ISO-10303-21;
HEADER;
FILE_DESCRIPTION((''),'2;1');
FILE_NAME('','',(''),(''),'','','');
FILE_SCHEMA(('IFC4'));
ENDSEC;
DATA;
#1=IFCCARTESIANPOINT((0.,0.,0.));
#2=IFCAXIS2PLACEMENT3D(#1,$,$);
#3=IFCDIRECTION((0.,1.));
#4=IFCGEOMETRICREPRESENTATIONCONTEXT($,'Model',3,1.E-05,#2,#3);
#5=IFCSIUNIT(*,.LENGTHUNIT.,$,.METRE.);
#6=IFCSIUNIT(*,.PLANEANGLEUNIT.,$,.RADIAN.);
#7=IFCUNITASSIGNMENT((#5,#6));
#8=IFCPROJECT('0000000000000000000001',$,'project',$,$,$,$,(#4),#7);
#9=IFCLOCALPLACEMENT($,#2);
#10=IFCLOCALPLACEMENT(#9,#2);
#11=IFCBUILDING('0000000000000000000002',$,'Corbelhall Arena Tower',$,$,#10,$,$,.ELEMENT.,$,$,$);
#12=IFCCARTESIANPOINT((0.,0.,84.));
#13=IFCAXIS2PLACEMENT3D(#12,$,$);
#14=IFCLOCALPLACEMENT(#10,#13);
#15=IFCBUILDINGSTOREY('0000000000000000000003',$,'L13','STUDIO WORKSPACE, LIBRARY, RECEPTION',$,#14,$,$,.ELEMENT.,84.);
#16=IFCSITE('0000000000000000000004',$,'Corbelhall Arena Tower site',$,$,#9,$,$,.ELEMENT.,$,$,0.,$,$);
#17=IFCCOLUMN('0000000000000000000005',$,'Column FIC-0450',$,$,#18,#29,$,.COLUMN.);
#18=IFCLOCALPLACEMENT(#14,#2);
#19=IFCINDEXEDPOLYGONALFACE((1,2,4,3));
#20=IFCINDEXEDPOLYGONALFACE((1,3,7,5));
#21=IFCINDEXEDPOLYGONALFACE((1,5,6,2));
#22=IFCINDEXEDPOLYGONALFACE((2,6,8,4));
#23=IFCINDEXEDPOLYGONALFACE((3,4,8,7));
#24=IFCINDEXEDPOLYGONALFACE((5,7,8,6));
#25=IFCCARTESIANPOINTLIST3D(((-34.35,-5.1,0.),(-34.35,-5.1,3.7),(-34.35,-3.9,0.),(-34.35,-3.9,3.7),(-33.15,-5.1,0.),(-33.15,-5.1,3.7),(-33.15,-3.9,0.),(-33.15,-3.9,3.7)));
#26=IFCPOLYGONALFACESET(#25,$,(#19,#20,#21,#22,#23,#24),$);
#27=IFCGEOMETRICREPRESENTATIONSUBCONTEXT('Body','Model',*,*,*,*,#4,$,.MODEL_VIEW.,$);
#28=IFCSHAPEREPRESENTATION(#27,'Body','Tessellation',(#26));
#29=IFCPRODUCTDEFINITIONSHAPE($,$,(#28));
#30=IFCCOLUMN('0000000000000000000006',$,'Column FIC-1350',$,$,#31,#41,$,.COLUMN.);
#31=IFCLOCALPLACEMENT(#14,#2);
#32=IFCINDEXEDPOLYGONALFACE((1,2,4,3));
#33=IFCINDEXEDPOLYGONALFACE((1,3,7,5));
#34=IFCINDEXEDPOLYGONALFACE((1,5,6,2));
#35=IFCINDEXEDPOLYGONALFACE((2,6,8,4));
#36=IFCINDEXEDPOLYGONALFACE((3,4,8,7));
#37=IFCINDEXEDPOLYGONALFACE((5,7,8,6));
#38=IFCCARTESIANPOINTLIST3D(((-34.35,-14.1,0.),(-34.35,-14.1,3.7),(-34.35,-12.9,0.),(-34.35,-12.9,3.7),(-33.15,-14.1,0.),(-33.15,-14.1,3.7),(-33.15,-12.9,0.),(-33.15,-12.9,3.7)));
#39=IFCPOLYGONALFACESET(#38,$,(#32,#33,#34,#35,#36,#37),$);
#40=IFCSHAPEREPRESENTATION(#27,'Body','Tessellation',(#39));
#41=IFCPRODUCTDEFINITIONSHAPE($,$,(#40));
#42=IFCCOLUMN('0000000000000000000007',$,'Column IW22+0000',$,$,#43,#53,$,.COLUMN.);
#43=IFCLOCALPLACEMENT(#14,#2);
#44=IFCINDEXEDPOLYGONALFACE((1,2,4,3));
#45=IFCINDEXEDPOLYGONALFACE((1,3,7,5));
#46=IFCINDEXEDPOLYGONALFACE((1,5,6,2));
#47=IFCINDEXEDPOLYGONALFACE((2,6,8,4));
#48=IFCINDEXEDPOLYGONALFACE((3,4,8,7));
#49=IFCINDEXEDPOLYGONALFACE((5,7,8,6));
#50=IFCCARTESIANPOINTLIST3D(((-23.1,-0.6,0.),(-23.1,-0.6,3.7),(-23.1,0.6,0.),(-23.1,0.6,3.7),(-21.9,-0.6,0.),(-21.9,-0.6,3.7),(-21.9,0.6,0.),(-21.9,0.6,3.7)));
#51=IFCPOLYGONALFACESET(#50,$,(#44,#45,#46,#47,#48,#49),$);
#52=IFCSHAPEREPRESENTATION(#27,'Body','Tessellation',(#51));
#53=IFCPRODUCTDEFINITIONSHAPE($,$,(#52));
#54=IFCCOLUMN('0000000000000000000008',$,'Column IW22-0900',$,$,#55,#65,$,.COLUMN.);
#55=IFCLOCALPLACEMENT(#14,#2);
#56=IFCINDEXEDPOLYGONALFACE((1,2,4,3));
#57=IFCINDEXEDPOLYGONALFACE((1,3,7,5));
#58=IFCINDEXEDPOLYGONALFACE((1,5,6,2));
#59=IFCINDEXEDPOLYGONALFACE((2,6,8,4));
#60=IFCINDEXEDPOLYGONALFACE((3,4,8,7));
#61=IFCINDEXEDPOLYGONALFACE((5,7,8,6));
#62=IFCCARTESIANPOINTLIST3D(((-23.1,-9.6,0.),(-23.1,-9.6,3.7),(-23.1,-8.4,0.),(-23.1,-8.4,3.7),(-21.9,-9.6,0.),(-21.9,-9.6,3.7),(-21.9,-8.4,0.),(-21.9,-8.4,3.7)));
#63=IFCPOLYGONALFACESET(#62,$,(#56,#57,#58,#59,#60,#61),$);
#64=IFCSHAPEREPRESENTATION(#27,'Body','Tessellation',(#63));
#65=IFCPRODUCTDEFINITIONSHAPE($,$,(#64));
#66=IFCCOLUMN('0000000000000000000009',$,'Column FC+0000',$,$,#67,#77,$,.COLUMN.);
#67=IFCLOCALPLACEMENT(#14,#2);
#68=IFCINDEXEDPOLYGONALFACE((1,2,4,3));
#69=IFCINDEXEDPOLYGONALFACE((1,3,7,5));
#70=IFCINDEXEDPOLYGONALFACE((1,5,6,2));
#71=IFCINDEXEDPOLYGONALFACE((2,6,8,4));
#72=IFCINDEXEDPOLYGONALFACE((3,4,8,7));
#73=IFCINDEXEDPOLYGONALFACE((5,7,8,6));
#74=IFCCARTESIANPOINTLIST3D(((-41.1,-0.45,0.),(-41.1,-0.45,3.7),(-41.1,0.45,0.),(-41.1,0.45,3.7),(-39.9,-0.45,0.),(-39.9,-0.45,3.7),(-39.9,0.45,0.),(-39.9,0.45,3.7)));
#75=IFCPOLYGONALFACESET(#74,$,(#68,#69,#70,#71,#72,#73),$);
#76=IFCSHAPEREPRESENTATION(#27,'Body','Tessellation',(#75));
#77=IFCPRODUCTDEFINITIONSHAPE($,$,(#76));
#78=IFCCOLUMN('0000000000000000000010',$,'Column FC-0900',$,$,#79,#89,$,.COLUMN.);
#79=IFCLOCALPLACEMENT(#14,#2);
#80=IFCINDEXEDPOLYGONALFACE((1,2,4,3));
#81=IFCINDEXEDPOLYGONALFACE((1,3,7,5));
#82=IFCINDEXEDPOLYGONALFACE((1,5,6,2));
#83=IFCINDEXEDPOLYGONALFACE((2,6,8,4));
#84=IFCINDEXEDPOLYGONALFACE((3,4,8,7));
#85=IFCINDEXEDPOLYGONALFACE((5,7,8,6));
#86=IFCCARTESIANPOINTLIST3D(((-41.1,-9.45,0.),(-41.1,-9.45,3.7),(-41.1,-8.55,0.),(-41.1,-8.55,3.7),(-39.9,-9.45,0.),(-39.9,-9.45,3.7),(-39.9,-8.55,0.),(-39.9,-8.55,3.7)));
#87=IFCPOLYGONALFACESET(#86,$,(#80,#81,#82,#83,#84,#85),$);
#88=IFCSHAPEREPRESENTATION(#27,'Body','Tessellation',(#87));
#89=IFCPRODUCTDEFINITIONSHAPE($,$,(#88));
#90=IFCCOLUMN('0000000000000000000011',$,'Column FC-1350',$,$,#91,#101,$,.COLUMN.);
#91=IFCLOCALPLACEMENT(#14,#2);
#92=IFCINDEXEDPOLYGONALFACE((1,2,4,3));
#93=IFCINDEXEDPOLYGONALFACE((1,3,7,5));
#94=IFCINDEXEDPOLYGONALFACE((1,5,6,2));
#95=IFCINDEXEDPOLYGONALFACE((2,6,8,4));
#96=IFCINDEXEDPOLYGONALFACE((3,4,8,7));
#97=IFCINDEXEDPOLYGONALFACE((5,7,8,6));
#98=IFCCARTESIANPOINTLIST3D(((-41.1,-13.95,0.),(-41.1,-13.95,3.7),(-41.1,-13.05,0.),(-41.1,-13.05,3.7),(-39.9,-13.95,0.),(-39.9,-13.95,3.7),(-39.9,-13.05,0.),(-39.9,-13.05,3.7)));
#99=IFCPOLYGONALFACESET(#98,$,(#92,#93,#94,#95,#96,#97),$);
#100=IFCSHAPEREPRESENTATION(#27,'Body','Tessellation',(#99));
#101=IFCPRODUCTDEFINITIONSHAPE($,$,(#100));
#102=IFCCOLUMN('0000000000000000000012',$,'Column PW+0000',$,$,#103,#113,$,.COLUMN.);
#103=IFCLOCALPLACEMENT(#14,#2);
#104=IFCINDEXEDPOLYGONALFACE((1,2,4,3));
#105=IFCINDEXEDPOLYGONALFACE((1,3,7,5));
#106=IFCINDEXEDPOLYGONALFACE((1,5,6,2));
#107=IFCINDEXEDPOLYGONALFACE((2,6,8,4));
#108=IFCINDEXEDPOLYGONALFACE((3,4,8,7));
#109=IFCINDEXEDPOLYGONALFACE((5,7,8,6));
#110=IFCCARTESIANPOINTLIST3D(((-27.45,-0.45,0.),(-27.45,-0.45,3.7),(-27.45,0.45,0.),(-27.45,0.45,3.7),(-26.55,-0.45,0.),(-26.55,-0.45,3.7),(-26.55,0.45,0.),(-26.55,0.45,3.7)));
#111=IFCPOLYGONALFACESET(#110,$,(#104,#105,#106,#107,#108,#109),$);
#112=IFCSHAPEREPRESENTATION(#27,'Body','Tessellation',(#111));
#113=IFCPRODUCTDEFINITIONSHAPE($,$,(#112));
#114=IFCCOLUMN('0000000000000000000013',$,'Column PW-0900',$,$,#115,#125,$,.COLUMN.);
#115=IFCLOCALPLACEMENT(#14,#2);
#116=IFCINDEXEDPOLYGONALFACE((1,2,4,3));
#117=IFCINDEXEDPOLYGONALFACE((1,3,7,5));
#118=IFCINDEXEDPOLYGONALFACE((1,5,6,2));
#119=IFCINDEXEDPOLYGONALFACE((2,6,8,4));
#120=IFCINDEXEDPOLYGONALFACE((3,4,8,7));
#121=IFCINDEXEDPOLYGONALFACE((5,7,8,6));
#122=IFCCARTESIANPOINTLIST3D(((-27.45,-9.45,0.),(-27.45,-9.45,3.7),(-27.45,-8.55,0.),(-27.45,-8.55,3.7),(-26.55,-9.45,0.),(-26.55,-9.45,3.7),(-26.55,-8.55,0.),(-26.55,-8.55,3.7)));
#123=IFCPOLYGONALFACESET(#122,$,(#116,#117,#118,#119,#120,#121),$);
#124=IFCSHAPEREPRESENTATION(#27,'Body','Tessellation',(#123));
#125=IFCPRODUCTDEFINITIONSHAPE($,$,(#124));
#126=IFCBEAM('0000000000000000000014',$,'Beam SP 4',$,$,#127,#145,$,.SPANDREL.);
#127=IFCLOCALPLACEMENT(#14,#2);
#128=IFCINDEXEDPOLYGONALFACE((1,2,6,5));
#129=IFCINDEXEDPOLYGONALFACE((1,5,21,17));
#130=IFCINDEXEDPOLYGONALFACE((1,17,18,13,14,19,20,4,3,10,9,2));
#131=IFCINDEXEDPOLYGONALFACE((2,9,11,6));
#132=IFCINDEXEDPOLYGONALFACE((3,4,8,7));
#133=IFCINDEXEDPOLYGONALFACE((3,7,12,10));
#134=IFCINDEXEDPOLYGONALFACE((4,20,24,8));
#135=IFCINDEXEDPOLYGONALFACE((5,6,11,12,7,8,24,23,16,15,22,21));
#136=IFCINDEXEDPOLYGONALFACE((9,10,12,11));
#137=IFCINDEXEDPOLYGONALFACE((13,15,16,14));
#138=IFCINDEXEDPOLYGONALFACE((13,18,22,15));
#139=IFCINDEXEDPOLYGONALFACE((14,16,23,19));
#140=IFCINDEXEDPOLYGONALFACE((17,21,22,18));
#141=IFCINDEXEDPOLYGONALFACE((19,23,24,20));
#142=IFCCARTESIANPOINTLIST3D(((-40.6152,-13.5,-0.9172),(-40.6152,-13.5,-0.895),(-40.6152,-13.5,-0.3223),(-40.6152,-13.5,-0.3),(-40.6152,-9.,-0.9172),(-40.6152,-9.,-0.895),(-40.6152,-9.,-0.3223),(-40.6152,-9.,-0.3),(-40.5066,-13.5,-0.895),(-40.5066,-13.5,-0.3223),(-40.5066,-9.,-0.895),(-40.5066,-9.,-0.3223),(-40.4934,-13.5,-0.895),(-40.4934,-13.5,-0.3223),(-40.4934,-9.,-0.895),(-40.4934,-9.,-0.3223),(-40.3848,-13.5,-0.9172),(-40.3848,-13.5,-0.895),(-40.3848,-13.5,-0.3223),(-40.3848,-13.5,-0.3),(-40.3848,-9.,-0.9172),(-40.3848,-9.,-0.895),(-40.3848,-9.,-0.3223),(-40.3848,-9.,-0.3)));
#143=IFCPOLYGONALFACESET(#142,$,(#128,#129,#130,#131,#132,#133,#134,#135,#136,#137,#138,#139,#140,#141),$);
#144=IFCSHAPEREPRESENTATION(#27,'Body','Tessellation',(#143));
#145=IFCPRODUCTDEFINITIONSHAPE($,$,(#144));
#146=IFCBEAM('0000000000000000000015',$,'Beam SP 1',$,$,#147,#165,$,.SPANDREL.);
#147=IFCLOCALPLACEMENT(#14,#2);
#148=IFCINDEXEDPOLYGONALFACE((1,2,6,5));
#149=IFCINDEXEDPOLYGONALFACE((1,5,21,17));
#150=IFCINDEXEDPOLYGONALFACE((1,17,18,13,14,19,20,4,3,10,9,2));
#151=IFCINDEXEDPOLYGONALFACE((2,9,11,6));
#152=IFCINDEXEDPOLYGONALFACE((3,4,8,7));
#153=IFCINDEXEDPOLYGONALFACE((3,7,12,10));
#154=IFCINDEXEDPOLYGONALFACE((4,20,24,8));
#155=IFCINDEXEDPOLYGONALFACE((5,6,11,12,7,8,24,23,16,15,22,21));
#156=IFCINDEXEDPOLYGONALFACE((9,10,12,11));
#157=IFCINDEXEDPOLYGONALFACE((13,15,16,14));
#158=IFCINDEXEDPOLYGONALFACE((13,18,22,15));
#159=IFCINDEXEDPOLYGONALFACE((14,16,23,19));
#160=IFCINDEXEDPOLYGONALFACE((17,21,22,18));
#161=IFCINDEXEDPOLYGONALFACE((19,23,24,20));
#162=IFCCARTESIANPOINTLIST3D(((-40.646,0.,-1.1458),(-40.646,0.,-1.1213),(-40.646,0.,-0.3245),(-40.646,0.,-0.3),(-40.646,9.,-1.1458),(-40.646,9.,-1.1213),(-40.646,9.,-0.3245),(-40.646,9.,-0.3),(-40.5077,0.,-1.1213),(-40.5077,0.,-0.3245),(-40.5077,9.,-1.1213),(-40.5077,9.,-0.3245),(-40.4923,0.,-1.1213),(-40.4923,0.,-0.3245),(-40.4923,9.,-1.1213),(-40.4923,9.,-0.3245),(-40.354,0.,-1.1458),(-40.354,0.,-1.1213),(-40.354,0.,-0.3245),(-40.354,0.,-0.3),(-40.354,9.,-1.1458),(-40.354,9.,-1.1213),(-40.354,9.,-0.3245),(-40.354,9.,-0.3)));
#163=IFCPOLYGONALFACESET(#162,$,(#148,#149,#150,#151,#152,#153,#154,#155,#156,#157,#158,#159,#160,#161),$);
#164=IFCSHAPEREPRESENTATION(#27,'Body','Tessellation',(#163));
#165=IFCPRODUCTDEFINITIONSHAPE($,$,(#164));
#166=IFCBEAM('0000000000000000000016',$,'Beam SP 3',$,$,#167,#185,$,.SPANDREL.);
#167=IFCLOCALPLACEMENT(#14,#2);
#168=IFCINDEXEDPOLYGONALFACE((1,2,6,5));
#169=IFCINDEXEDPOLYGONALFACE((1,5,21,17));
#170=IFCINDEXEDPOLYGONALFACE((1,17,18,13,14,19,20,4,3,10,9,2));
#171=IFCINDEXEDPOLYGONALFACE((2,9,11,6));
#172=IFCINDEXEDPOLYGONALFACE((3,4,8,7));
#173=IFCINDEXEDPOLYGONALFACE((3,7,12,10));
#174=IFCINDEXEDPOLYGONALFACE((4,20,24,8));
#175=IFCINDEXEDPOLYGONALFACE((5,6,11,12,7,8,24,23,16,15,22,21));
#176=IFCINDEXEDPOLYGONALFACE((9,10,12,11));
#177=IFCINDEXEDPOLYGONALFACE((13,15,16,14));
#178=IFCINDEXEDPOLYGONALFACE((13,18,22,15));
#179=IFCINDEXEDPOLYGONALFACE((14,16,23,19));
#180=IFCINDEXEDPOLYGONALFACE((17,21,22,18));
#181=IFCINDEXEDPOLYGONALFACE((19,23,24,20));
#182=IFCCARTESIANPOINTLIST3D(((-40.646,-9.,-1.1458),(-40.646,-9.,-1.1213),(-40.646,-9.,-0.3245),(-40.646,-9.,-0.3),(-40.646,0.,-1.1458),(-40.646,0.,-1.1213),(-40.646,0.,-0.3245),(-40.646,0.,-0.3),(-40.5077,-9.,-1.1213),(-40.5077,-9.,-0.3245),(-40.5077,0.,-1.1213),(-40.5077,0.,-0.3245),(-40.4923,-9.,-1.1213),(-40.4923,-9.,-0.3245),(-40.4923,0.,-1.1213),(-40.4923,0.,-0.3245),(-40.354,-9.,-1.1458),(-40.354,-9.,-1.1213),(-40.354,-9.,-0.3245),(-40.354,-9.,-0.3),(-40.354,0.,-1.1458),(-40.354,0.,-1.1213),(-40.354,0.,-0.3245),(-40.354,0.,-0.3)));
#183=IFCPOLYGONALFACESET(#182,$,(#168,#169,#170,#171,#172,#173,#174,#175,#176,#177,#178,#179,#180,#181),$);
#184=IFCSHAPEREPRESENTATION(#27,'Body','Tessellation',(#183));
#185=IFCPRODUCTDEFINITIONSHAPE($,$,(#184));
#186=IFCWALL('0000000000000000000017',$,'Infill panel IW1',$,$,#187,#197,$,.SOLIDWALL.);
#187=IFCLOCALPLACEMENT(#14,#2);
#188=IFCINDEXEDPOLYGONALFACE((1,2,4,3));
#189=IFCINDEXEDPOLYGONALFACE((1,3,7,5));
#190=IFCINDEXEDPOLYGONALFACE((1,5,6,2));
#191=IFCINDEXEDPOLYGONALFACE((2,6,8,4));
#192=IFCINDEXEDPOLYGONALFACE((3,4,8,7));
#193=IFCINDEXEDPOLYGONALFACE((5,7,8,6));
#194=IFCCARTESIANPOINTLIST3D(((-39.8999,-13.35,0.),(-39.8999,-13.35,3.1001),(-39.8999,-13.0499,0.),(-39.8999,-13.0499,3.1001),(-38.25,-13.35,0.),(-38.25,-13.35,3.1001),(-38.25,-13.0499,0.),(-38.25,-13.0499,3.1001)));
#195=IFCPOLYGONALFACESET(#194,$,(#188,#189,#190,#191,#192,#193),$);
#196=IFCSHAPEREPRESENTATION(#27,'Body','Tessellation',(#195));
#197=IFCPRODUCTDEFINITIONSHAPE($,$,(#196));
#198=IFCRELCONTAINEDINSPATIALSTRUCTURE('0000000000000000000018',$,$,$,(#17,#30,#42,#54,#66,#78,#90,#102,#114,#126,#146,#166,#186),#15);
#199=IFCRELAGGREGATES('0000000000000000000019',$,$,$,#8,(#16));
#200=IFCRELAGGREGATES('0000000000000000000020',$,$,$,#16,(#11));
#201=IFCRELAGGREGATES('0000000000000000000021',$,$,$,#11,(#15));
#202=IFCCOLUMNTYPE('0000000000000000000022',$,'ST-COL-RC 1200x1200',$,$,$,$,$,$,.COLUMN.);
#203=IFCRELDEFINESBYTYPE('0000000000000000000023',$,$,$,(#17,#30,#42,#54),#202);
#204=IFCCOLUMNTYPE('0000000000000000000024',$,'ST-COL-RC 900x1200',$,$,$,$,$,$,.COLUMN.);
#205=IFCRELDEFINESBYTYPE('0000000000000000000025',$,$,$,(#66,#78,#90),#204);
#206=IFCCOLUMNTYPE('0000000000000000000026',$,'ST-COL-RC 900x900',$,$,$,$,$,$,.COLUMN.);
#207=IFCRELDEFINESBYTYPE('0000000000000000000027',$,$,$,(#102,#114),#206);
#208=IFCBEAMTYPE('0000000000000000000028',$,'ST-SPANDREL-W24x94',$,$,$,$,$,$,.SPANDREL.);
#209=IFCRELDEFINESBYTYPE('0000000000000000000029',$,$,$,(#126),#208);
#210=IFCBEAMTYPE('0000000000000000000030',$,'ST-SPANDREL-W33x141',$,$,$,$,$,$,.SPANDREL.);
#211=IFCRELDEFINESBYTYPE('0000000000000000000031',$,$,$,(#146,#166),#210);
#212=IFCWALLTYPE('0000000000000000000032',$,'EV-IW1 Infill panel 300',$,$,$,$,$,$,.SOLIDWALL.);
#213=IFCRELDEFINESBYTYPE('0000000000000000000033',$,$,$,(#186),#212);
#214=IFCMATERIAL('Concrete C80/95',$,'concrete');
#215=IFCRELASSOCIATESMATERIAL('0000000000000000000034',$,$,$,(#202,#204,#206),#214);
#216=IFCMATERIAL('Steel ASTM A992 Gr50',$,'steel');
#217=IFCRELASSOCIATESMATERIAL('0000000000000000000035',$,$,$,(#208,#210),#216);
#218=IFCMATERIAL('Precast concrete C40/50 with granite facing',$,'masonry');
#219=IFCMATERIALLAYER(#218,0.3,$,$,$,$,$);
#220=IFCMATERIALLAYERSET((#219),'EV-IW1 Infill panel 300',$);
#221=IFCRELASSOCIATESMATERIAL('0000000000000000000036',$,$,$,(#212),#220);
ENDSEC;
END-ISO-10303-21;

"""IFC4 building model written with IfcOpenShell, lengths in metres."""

from ifc_helpers import new_model, si_unit, direction, frame, frame_2d, origin, origin_2d, place, context, subcontext, project, spatial, rectangle, i_section, extrude, material, layer, layer_set, material_profile, profile_set, type_object, element, save


model = new_model("IFC4")

# Units and contexts
model_context = context("Model", 3, precision=1e-05, world=origin(), true_north=direction((0.0, 1.0)))
body_context = subcontext(model_context, "Body", "Model", "MODEL_VIEW")
ifc_project = project(units=[si_unit("LENGTHUNIT", "METRE"), si_unit("PLANEANGLEUNIT", "RADIAN")], contexts=[model_context])

# Site, building, storey
site_placement = place(None, origin())
site = spatial("IfcSite", under=ifc_project, at=site_placement, Name="Corbelhall Arena Tower site", CompositionType="ELEMENT", RefElevation=0.0)
building_placement = place(site_placement, origin())
building = spatial("IfcBuilding", under=site, at=building_placement, Name="Corbelhall Arena Tower", CompositionType="ELEMENT")
storey_placement = place(building_placement, frame((0.0, 0.0, 84.0)))
storey = spatial("IfcBuildingStorey", under=building, at=storey_placement, Name="L13", Description="STUDIO WORKSPACE, LIBRARY, RECEPTION", CompositionType="ELEMENT", Elevation=84.0)

# Columns
ifc_material_1 = material(Name="Concrete C80/95", Category="concrete")
ifc_material_profile_1 = material_profile(ifc_material_1, rectangle(XDim=1.2, YDim=1.2, at=origin_2d()))
ifc_profile_set_1 = profile_set([ifc_material_profile_1], Name="Concrete C80/95")
column_type_1 = type_object("IfcColumnType", Name="ST-COL-RC 1200x1200", PredefinedType="COLUMN", material=ifc_profile_set_1)
for number, where, z_axis, x_axis, name in (
    (1, (-33.75, -4.5, 0.0), (0.0, 0.0, 1.0), (1.0, 0.0, 0.0), "Column FIC-0450"),
    (2, (-33.75, -13.5, 0.0), (0.0, 0.0, 1.0), (1.0, 0.0, 0.0), "Column FIC-1350"),
    (3, (-22.5, 0.0, 0.0), (0.0, 0.0, 1.0), (1.0, 0.0, 0.0), "Column IW22+0000"),
    (4, (-22.5, -9.0, 0.0), (0.0, 0.0, 1.0), (1.0, 0.0, 0.0), "Column IW22-0900"),
):
    element("IfcColumn", number, at=place(storey_placement, frame(where, z_axis=z_axis, x_axis=x_axis)), inside=storey, type_object=column_type_1, Name=name, PredefinedType="COLUMN", context=body_context, shape_type="SweptSolid", body=[
        extrude(rectangle(XDim=1.2, YDim=1.2, at=origin_2d()), origin(), (0.0, 0.0, 1.0), 3.7),
    ])
ifc_material_profile_2 = material_profile(ifc_material_1, rectangle(XDim=0.8999, YDim=1.2, at=origin_2d()))
ifc_profile_set_2 = profile_set([ifc_material_profile_2], Name="Concrete C80/95")
column_type_2 = type_object("IfcColumnType", Name="ST-COL-RC 900x1200", PredefinedType="COLUMN", material=ifc_profile_set_2)
for number, where, z_axis, x_axis, name in (
    (5, (-40.5, 0.0, 0.0), (0.0, 0.0, 1.0), (0.0, 1.0, 0.0), "Column FC+0000"),
    (6, (-40.5, -9.0, 0.0), (0.0, 0.0, 1.0), (0.0, 1.0, 0.0), "Column FC-0900"),
    (7, (-40.5, -13.5, 0.0), (0.0, 0.0, 1.0), (0.0, 1.0, 0.0), "Column FC-1350"),
):
    element("IfcColumn", number, at=place(storey_placement, frame(where, z_axis=z_axis, x_axis=x_axis)), inside=storey, type_object=column_type_2, Name=name, PredefinedType="COLUMN", context=body_context, shape_type="SweptSolid", body=[
        extrude(rectangle(XDim=0.8999, YDim=1.2, at=origin_2d()), origin(), (0.0, 0.0, 1.0), 3.7),
    ])
ifc_material_profile_3 = material_profile(ifc_material_1, rectangle(XDim=0.8999, YDim=0.8999, at=origin_2d()))
ifc_profile_set_3 = profile_set([ifc_material_profile_3], Name="Concrete C80/95")
column_type_3 = type_object("IfcColumnType", Name="ST-COL-RC 900x900", PredefinedType="COLUMN", material=ifc_profile_set_3)
for number, where, z_axis, x_axis, name in (
    (8, (-27.0, 0.0, 0.0), (0.0, 0.0, 1.0), (1.0, 0.0, 0.0), "Column PW+0000"),
    (9, (-27.0, -9.0, 0.0), (0.0, 0.0, 1.0), (1.0, 0.0, 0.0), "Column PW-0900"),
):
    element("IfcColumn", number, at=place(storey_placement, frame(where, z_axis=z_axis, x_axis=x_axis)), inside=storey, type_object=column_type_3, Name=name, PredefinedType="COLUMN", context=body_context, shape_type="SweptSolid", body=[
        extrude(rectangle(XDim=0.8999, YDim=0.8999, at=origin_2d()), origin(), (0.0, 0.0, 1.0), 3.7),
    ])

# Beams
ifc_material_2 = material(Name="Steel ASTM A992 Gr50", Category="steel")
ifc_material_profile_4 = material_profile(ifc_material_2, i_section(OverallWidth=0.2305, OverallDepth=0.6172, WebThickness=0.0132, FlangeThickness=0.0222, at=origin_2d()))
ifc_profile_set_4 = profile_set([ifc_material_profile_4], Name="Steel ASTM A992 Gr50")
beam_type_1 = type_object("IfcBeamType", Name="ST-SPANDREL-W24x94", PredefinedType="SPANDREL", material=ifc_profile_set_4)
beam_placement = place(storey_placement, frame((-40.5, -13.5, -0.6086), z_axis=(0.0, 1.0, 0.0), x_axis=(-1.0, 0.0, 0.0)))
element("IfcBeam", 10, at=beam_placement, inside=storey, type_object=beam_type_1, Name="Beam SP 4", PredefinedType="SPANDREL", context=body_context, shape_type="SweptSolid", body=[
    extrude(i_section(OverallWidth=0.2305, OverallDepth=0.6172, WebThickness=0.0132, FlangeThickness=0.0222, at=origin_2d()), origin(), (0.0, 0.0, 1.0), 4.5),
])
ifc_material_profile_5 = material_profile(ifc_material_2, i_section(OverallWidth=0.292, OverallDepth=0.8457, WebThickness=0.0154, FlangeThickness=0.0244, at=origin_2d()))
ifc_profile_set_5 = profile_set([ifc_material_profile_5], Name="Steel ASTM A992 Gr50")
beam_type_2 = type_object("IfcBeamType", Name="ST-SPANDREL-W33x141", PredefinedType="SPANDREL", material=ifc_profile_set_5)
for number, where, z_axis, x_axis, name in (
    (11, (-40.5, 0.0, -0.7229), (0.0, 1.0, 0.0), (-1.0, 0.0, 0.0), "Beam SP 1"),
    (12, (-40.5, -9.0, -0.7229), (0.0, 1.0, 0.0), (-1.0, 0.0, 0.0), "Beam SP 3"),
):
    element("IfcBeam", number, at=place(storey_placement, frame(where, z_axis=z_axis, x_axis=x_axis)), inside=storey, type_object=beam_type_2, Name=name, PredefinedType="SPANDREL", context=body_context, shape_type="SweptSolid", body=[
        extrude(i_section(OverallWidth=0.292, OverallDepth=0.8457, WebThickness=0.0154, FlangeThickness=0.0244, at=origin_2d()), origin(), (0.0, 0.0, 1.0), 9.0),
    ])

# Wall
ifc_material_3 = material(Name="Precast concrete C40/50 with granite facing", Category="masonry")
ifc_layer_1 = layer(ifc_material_3, 0.3)
ifc_layer_set_1 = layer_set([ifc_layer_1], Name="EV-IW1 Infill panel 300")
wall_type_1 = type_object("IfcWallType", Name="EV-IW1 Infill panel 300", PredefinedType="SOLIDWALL", material=ifc_layer_set_1)
wall_1_placement = place(storey_placement, frame((-39.8999, -13.2, 0.0), z_axis=(0.0, 0.0, 1.0), x_axis=(1.0, 0.0, 0.0)))
element("IfcWall", 13, at=wall_1_placement, inside=storey, type_object=wall_type_1, Name="Infill panel IW1", PredefinedType="SOLIDWALL", context=body_context, shape_type="SweptSolid", body=[
    extrude(rectangle(XDim=1.6499, YDim=0.3, at=frame_2d((0.825, 0.0))), origin(), (0.0, 0.0, 1.0), 3.1001),
])

save(model, "model.ifc")
